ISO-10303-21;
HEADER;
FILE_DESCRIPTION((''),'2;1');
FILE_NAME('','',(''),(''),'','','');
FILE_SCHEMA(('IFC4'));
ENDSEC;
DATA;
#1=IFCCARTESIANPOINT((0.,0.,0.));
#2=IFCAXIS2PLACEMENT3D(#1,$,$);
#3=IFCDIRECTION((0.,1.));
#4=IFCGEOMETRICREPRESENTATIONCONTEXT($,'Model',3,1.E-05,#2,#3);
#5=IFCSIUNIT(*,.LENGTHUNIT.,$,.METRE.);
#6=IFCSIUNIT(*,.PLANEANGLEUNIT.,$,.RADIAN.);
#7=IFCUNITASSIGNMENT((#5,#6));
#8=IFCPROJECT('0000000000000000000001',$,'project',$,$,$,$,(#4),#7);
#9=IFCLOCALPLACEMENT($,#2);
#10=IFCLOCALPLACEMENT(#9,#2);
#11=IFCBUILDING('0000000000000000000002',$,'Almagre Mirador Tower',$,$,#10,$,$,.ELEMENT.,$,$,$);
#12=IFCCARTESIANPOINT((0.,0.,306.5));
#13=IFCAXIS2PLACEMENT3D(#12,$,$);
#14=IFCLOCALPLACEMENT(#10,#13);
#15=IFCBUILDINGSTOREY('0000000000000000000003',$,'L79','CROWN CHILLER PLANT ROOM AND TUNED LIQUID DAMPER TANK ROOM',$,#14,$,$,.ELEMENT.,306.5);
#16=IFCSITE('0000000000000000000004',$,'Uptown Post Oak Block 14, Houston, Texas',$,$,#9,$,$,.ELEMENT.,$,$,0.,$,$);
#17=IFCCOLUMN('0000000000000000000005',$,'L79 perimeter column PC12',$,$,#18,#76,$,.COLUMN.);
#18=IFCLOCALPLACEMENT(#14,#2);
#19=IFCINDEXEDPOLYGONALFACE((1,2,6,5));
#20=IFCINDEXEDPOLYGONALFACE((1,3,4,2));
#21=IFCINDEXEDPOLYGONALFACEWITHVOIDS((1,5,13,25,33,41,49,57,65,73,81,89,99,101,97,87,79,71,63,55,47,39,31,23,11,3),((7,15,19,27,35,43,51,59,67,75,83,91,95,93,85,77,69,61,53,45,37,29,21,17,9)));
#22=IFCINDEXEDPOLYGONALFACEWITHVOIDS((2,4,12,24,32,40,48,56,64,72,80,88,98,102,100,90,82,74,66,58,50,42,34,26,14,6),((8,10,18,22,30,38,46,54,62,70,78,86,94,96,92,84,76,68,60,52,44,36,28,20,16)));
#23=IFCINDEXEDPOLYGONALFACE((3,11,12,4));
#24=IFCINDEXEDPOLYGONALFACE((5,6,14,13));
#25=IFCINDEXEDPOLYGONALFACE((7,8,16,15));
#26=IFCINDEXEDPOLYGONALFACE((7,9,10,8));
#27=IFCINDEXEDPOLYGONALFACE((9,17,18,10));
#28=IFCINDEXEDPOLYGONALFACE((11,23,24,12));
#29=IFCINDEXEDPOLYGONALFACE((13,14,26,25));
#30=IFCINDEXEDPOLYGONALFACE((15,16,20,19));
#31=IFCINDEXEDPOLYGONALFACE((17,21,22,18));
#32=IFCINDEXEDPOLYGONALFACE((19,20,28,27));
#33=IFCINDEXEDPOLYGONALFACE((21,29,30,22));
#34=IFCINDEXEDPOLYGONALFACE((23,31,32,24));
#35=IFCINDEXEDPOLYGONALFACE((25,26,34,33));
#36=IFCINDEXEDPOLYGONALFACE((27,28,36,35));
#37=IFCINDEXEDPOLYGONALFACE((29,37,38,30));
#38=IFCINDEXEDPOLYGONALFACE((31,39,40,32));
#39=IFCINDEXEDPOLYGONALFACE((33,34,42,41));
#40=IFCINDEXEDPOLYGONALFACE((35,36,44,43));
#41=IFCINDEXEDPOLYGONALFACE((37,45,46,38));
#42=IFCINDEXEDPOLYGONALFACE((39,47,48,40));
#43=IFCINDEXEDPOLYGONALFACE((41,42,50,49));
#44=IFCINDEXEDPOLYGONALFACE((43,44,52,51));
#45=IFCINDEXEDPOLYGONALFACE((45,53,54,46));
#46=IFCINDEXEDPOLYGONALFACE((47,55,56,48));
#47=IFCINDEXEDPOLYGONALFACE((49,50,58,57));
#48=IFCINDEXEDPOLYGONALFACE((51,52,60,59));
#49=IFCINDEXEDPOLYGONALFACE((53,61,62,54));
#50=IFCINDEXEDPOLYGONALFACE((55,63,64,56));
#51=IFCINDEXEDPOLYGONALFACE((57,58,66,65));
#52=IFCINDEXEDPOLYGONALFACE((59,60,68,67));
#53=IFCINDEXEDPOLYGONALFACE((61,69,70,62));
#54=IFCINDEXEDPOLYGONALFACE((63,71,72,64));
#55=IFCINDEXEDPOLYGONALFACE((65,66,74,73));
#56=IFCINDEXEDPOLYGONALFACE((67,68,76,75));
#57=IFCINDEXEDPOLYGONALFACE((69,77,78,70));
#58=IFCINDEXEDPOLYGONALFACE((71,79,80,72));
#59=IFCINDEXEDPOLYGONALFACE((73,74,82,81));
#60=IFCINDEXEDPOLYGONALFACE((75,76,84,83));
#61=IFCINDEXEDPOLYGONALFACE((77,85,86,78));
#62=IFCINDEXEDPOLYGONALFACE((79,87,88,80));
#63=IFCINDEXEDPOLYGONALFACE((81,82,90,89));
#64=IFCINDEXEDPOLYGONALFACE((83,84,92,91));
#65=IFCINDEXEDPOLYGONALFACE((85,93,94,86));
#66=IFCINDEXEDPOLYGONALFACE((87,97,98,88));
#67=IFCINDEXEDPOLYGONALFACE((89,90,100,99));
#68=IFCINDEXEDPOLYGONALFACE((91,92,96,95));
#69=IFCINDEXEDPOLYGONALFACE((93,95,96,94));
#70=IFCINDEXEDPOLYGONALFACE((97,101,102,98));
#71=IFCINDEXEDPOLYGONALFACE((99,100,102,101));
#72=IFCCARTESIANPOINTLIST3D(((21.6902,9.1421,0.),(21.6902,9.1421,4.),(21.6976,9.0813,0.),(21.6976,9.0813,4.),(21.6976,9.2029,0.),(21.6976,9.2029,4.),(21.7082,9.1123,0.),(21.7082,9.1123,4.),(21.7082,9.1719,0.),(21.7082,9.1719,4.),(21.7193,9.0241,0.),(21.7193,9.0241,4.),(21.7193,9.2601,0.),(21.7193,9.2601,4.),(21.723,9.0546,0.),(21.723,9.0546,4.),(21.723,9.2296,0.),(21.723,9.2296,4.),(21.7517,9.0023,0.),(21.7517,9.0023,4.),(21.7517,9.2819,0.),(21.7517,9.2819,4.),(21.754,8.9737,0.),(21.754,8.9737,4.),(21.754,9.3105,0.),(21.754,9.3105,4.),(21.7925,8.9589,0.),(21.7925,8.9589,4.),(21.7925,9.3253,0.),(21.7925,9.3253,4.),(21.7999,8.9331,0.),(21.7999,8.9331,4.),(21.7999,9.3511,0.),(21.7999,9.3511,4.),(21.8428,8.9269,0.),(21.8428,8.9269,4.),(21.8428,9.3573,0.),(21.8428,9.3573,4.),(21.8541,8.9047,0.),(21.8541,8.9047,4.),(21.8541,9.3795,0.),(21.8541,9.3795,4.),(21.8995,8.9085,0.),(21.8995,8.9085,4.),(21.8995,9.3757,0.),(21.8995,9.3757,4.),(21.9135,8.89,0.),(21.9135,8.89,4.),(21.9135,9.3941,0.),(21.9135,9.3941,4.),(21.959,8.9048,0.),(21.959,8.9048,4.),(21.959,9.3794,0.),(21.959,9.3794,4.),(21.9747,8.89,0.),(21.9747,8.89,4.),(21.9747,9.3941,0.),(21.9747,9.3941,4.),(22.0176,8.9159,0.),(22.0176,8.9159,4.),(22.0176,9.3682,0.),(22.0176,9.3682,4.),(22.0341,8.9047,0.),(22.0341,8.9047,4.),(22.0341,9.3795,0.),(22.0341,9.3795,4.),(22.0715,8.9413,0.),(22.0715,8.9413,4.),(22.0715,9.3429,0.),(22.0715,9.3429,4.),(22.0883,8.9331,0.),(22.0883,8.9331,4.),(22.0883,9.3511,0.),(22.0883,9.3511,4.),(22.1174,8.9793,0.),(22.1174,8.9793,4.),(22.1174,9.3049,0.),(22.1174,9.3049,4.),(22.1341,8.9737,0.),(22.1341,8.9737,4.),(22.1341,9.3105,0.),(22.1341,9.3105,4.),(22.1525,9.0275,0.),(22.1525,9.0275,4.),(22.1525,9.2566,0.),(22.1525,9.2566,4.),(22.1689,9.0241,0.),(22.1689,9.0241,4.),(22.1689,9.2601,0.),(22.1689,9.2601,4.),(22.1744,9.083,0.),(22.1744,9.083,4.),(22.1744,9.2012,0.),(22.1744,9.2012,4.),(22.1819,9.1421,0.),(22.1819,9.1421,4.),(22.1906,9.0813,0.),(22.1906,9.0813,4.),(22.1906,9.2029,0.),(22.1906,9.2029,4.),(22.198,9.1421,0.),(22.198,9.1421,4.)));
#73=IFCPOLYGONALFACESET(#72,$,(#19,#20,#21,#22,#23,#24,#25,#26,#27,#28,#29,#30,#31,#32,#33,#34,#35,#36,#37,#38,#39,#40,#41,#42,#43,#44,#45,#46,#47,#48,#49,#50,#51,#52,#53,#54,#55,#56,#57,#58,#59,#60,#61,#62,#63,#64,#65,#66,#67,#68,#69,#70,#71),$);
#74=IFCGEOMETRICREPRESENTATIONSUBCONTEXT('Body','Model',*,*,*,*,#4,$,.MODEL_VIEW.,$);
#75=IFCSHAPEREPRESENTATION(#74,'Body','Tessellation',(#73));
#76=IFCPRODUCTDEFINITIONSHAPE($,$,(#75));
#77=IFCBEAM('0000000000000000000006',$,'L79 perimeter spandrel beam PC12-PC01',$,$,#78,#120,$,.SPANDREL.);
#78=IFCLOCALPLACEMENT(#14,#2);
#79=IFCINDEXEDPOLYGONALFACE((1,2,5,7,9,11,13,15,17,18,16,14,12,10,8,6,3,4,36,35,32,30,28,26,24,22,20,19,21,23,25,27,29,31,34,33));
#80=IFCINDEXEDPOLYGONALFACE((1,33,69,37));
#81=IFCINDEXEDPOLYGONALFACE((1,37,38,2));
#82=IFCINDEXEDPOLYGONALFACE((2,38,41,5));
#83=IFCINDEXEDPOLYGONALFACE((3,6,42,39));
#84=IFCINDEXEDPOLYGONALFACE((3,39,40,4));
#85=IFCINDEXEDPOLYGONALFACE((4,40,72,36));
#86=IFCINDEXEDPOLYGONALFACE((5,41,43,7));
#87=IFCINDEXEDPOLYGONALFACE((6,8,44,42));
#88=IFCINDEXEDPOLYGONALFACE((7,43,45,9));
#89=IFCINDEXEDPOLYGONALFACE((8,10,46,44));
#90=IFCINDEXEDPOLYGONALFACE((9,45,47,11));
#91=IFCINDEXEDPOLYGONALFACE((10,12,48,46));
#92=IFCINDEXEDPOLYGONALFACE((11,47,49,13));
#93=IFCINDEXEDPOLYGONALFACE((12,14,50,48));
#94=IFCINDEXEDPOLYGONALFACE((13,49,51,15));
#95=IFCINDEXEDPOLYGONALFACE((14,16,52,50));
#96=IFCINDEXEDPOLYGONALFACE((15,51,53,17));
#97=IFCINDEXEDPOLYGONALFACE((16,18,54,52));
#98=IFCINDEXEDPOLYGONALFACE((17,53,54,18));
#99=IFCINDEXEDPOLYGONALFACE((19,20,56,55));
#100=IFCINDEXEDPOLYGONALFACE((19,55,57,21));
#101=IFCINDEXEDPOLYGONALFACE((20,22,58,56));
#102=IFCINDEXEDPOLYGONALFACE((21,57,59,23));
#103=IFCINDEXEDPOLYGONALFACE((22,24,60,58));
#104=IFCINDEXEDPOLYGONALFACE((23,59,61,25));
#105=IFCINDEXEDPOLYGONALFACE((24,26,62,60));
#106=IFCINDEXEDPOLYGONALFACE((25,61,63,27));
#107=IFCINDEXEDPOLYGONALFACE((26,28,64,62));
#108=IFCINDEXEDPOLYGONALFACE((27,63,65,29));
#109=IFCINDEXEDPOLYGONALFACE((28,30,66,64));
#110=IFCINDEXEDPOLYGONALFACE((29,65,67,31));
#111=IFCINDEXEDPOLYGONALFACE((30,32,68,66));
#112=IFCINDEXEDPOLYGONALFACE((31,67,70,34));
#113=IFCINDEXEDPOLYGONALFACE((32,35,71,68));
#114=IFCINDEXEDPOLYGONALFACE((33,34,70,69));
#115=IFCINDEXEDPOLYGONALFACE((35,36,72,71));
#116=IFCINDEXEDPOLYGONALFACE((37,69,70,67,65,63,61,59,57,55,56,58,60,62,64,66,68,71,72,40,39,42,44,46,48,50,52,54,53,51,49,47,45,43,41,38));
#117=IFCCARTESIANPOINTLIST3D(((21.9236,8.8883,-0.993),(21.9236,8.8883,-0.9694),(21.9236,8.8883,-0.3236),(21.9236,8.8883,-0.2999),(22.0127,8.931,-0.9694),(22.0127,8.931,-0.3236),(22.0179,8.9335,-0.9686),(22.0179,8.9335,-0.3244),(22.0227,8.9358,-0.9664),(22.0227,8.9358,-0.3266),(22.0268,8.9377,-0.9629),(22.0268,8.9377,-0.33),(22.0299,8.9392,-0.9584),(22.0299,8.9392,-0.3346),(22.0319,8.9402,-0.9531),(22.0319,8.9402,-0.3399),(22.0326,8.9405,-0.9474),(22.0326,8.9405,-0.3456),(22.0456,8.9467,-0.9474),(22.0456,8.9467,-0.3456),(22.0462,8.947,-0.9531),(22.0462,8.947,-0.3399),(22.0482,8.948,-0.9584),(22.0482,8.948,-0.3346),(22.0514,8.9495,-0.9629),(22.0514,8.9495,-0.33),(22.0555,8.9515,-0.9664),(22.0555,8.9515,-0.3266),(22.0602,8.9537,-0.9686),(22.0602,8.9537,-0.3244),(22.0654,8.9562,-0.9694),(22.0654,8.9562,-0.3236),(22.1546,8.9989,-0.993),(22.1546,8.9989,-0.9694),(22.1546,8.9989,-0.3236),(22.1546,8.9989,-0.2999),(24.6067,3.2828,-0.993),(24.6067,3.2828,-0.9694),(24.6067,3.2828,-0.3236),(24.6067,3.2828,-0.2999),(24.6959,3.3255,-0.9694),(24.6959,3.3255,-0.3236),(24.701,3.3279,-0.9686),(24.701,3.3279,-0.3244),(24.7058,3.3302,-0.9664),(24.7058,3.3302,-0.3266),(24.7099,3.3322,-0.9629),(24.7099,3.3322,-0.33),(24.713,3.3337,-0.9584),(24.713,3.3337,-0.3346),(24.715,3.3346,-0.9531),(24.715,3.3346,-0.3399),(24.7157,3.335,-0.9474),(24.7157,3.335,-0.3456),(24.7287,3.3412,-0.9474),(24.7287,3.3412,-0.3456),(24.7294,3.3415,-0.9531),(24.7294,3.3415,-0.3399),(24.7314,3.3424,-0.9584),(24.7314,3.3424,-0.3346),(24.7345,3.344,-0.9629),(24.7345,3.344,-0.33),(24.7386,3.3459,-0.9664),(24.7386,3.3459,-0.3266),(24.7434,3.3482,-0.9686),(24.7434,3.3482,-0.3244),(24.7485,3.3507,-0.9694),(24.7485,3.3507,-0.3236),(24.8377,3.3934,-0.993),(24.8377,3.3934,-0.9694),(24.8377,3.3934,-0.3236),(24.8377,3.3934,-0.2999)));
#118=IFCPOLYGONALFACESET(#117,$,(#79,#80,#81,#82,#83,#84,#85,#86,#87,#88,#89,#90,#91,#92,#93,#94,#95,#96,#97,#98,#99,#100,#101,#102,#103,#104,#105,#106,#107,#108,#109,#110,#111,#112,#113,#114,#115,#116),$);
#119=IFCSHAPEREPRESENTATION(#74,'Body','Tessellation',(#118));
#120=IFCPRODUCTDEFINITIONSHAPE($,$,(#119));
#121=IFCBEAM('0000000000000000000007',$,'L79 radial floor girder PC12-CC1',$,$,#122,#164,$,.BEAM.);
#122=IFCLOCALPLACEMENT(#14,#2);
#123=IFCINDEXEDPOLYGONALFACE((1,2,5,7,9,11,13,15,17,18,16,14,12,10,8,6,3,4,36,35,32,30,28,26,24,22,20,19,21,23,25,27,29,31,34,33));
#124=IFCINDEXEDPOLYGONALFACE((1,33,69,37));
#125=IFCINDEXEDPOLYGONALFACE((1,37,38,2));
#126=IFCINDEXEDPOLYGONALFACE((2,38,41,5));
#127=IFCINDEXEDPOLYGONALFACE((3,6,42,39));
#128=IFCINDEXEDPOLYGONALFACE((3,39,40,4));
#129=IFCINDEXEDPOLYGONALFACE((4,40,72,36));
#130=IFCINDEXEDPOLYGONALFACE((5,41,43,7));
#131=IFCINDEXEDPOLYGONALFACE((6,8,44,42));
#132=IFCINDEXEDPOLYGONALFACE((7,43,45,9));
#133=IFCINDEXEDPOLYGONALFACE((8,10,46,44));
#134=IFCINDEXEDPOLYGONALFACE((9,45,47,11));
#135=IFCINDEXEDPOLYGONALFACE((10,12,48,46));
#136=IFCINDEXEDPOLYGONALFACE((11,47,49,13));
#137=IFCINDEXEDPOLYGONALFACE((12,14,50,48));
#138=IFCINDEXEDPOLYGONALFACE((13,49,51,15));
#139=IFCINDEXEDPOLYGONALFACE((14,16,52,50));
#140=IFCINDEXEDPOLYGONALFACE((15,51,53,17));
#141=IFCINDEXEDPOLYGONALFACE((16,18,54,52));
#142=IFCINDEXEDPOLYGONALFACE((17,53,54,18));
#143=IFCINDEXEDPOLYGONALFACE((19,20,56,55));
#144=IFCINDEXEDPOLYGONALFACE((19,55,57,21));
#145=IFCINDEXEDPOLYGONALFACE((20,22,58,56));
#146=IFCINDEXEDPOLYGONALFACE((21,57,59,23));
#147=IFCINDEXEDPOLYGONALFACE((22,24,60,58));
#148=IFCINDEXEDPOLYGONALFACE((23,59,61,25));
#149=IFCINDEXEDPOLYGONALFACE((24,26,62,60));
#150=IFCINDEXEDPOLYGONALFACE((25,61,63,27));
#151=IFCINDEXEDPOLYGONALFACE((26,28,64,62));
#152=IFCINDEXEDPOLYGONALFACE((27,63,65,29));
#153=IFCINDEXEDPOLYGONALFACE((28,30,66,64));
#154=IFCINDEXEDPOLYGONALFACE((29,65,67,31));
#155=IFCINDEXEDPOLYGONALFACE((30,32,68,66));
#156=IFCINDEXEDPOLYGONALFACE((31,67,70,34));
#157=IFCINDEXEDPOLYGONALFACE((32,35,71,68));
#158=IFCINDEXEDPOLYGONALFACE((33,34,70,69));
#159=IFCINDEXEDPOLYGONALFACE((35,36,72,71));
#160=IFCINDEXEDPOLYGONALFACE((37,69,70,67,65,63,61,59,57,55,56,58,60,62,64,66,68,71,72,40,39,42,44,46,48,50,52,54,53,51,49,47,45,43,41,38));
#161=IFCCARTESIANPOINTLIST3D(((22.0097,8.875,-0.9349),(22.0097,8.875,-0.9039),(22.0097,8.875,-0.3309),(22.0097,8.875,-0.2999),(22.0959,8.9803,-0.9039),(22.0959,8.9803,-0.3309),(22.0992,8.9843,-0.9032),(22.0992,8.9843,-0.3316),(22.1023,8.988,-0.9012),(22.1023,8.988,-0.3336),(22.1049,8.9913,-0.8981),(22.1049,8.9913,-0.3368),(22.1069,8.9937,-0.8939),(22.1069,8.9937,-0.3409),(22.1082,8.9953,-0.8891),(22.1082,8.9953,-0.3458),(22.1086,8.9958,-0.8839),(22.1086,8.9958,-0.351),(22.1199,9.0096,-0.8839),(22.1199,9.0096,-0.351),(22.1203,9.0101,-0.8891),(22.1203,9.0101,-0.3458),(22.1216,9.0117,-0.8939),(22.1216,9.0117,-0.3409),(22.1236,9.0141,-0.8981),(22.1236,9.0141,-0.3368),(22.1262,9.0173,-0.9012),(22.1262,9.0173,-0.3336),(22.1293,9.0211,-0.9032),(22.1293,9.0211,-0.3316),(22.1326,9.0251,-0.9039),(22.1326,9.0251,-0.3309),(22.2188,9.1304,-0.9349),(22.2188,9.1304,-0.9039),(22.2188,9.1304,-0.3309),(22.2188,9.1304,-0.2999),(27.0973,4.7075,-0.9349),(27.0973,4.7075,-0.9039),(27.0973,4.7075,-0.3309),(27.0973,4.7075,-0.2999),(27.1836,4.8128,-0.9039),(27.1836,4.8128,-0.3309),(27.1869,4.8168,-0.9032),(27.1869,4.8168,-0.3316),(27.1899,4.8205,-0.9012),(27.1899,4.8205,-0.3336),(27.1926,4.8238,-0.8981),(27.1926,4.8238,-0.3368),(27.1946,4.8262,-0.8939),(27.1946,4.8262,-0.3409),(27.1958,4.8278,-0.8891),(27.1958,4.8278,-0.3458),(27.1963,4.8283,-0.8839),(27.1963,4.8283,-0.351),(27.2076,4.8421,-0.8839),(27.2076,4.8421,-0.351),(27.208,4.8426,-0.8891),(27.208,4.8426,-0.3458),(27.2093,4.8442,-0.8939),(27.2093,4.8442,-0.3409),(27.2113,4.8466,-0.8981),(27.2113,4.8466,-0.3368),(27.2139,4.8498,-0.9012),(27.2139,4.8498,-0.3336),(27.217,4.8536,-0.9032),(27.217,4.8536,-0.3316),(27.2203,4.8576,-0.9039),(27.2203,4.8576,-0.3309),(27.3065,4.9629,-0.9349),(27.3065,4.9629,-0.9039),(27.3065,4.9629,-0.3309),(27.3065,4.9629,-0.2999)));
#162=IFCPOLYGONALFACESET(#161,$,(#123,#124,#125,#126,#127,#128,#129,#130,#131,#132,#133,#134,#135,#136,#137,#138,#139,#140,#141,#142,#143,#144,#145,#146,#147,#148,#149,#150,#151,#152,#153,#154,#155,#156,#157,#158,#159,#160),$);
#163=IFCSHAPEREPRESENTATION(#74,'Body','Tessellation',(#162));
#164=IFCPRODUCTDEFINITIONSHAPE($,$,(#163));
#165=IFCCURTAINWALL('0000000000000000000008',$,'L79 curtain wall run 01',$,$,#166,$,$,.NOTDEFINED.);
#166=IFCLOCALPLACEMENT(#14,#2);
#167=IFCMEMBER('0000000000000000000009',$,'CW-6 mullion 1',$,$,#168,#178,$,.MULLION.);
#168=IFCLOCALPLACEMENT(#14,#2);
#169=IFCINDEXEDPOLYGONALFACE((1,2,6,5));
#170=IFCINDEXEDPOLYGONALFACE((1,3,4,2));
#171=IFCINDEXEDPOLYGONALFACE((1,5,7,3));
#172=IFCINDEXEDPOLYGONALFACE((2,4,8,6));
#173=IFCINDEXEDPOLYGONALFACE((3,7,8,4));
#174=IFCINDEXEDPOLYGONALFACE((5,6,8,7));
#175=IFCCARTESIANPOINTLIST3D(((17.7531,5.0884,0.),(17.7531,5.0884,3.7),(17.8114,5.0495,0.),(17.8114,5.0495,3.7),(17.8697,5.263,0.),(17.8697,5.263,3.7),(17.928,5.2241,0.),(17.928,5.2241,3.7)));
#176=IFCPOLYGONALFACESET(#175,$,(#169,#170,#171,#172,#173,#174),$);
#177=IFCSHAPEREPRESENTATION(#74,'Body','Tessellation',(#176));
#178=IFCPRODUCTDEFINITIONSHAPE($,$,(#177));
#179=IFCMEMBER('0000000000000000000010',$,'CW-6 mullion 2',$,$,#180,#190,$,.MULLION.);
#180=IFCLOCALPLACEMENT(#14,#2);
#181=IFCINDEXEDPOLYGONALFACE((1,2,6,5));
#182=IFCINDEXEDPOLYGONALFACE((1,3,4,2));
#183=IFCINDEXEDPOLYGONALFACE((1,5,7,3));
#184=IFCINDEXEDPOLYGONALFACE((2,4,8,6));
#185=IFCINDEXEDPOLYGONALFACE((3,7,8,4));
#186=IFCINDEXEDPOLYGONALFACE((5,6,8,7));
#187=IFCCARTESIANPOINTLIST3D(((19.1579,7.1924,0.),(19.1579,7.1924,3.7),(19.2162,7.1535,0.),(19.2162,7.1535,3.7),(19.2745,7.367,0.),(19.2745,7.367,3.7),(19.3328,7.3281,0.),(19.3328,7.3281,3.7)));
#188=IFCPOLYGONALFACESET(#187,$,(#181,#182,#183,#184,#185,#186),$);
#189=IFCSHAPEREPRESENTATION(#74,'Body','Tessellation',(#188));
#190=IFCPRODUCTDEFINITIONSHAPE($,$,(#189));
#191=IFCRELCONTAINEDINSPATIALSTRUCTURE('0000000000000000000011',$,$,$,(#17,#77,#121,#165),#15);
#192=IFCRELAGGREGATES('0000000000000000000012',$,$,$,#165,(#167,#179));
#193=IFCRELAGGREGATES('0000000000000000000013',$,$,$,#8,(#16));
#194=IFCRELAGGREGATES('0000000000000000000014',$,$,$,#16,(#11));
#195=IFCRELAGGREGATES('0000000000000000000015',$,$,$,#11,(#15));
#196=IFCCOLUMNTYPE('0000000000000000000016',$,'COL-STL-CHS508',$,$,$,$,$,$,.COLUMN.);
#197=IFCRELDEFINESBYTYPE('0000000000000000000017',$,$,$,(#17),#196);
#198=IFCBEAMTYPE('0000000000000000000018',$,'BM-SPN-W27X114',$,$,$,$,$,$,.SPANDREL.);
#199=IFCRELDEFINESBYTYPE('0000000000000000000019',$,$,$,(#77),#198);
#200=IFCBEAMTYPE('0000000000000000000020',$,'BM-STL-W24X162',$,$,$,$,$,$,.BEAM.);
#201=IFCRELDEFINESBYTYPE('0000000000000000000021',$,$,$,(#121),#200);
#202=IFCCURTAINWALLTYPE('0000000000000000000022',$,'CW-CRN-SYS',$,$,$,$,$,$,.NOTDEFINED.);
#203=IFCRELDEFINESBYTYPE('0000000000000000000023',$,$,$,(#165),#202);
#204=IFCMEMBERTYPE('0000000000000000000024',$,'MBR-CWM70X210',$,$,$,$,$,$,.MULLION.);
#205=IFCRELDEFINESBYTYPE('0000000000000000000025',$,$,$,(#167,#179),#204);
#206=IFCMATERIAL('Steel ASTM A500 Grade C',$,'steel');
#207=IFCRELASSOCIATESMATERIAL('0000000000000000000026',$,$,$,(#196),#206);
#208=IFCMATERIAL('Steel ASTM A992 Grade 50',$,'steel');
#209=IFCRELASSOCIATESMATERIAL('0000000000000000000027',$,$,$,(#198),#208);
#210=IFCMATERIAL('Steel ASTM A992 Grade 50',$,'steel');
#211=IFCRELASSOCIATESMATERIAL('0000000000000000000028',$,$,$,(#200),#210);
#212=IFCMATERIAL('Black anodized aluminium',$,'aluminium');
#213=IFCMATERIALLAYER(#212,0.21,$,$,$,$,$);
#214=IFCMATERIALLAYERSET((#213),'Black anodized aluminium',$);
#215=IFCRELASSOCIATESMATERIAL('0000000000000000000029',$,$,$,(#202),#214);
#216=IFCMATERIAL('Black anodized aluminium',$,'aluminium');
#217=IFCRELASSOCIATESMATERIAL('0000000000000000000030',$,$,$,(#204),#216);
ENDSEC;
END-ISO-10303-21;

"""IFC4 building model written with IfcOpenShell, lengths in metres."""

from ifc_helpers import new_model, si_unit, direction, frame, origin, origin_2d, place, context, subcontext, project, spatial, rectangle, hollow_circle, i_section, extrude, material, layer, layer_set, material_profile, profile_set, type_object, element, aggregate, save


model = new_model("IFC4")

# Units and contexts
model_context = context("Model", 3, precision=1e-05, world=origin(), true_north=direction((0.0, 1.0)))
body_context = subcontext(model_context, "Body", "Model", "MODEL_VIEW")
ifc_project = project(units=[si_unit("LENGTHUNIT", "METRE"), si_unit("PLANEANGLEUNIT", "RADIAN")], contexts=[model_context])

# Site, building, storey
site_placement = place(None, origin())
site = spatial("IfcSite", under=ifc_project, at=site_placement, Name="Uptown Post Oak Block 14, Houston, Texas", CompositionType="ELEMENT", RefElevation=0.0)
building_placement = place(site_placement, origin())
building = spatial("IfcBuilding", under=site, at=building_placement, Name="Almagre Mirador Tower", CompositionType="ELEMENT")
storey_placement = place(building_placement, frame((0.0, 0.0, 306.5)))
storey = spatial("IfcBuildingStorey", under=building, at=storey_placement, Name="L79", Description="CROWN CHILLER PLANT ROOM AND TUNED LIQUID DAMPER TANK ROOM", CompositionType="ELEMENT", Elevation=306.5)

# Column
ifc_material_1 = material(Name="Steel ASTM A500 Grade C", Category="steel")
ifc_material_profile_1 = material_profile(ifc_material_1, hollow_circle(Radius=0.2539, WallThickness=0.0161, at=origin_2d()), Name="CHS508X16")
ifc_profile_set_1 = profile_set([ifc_material_profile_1], Name="Steel ASTM A500 Grade C")
column_type = type_object("IfcColumnType", Name="COL-STL-CHS508", PredefinedType="COLUMN", material=ifc_profile_set_1)
column_placement = place(storey_placement, frame((21.9441, 9.1421, 0.0), z_axis=(0.0, 0.0, 1.0), x_axis=(1.0, 0.0, 0.0)))
element("IfcColumn", 1, at=column_placement, inside=storey, type_object=column_type, Name="L79 perimeter column PC12", PredefinedType="COLUMN", context=body_context, shape_type="SweptSolid", body=[
    extrude(hollow_circle(Radius=0.2539, WallThickness=0.0161, at=origin_2d()), origin(), (0.0, 0.0, 1.0), 4.0),
])

# Beams
ifc_material_2 = material(Name="Steel ASTM A992 Grade 50", Category="steel")
ifc_material_profile_2 = material_profile(ifc_material_2, i_section(OverallWidth=0.2561, OverallDepth=0.6931, WebThickness=0.0144, FlangeThickness=0.0237, FilletRadius=0.022, at=origin_2d()), Name="W27X114")
ifc_profile_set_2 = profile_set([ifc_material_profile_2], Name="Steel ASTM A992 Grade 50")
beam_type_1 = type_object("IfcBeamType", Name="BM-SPN-W27X114", PredefinedType="SPANDREL", material=ifc_profile_set_2)
beam_1_placement = place(storey_placement, frame((22.0391, 8.9436, -0.6465), z_axis=(0.431747, -0.901995, 0.0), x_axis=(0.901995, 0.431747, 0.0)))
element("IfcBeam", 2, at=beam_1_placement, inside=storey, type_object=beam_type_1, Name="L79 perimeter spandrel beam PC12-PC01", PredefinedType="SPANDREL", context=body_context, shape_type="SweptSolid", body=[
    extrude(i_section(OverallWidth=0.2561, OverallDepth=0.6931, WebThickness=0.0144, FlangeThickness=0.0237, FilletRadius=0.022, at=origin_2d()), origin(), (0.0, 0.0, 1.0), 6.2146),
])
ifc_material_3 = material(Name="Steel ASTM A992 Grade 50", Category="steel")
ifc_material_profile_3 = material_profile(ifc_material_3, i_section(OverallWidth=0.3301, OverallDepth=0.635, WebThickness=0.0178, FlangeThickness=0.031, FilletRadius=0.02, at=origin_2d()), Name="W24X162")
ifc_profile_set_3 = profile_set([ifc_material_profile_3], Name="Steel ASTM A992 Grade 50")
beam_type_2 = type_object("IfcBeamType", Name="BM-STL-W24X162", PredefinedType="BEAM", material=ifc_profile_set_3)
beam_2_placement = place(storey_placement, frame((22.1143, 9.0027, -0.6174), z_axis=(0.773595, -0.63368, 0.0), x_axis=(0.63368, 0.773595, 0.0)))
element("IfcBeam", 3, at=beam_2_placement, inside=storey, type_object=beam_type_2, Name="L79 radial floor girder PC12-CC1", PredefinedType="BEAM", context=body_context, shape_type="SweptSolid", body=[
    extrude(i_section(OverallWidth=0.3301, OverallDepth=0.635, WebThickness=0.0178, FlangeThickness=0.031, FilletRadius=0.02, at=origin_2d()), origin(), (0.0, 0.0, 1.0), 6.5767),
])

# Curtain wall, members
ifc_material_4 = material(Name="Black anodized aluminium", Category="aluminium")
ifc_layer_1 = layer(ifc_material_4, 0.21)
ifc_layer_set_1 = layer_set([ifc_layer_1], Name="Black anodized aluminium")
curtain_wall_type = type_object("IfcCurtainWallType", Name="CW-CRN-SYS", PredefinedType="NOTDEFINED", material=ifc_layer_set_1)
curtain_wall_1_placement = place(storey_placement, origin())
curtain_wall_1 = element("IfcCurtainWall", 4, at=curtain_wall_1_placement, inside=storey, type_object=curtain_wall_type, Name="L79 curtain wall run 01", PredefinedType="NOTDEFINED")
ifc_material_5 = material(Name="Black anodized aluminium", Category="aluminium")
ifc_material_profile_4 = material_profile(ifc_material_5, rectangle(XDim=0.0701, YDim=0.21, at=origin_2d()), Name="CWM70X210")
ifc_profile_set_4 = profile_set([ifc_material_profile_4], Name="Black anodized aluminium")
member_type_1 = type_object("IfcMemberType", Name="MBR-CWM70X210", PredefinedType="MULLION", material=ifc_profile_set_4)
member_1_placement = place(storey_placement, frame((17.8406, 5.1562, 0.0), z_axis=(0.0, 0.0, 1.0), x_axis=(-0.831672, 0.555267, 0.0)))
member_1 = element("IfcMember", 5, at=member_1_placement, type_object=member_type_1, Name="CW-6 mullion 1", PredefinedType="MULLION", context=body_context, shape_type="SweptSolid", body=[
    extrude(rectangle(XDim=0.0701, YDim=0.21, at=origin_2d()), origin(), (0.0, 0.0, 1.0), 3.7),
])
member_2_placement = place(storey_placement, frame((19.2454, 7.2603, 0.0), z_axis=(0.0, 0.0, 1.0), x_axis=(-0.831672, 0.555267, 0.0)))
member_2 = element("IfcMember", 6, at=member_2_placement, type_object=member_type_1, Name="CW-6 mullion 2", PredefinedType="MULLION", context=body_context, shape_type="SweptSolid", body=[
    extrude(rectangle(XDim=0.0701, YDim=0.21, at=origin_2d()), origin(), (0.0, 0.0, 1.0), 3.7),
])

aggregate(curtain_wall_1, [member_1, member_2])

save(model, "model.ifc")
